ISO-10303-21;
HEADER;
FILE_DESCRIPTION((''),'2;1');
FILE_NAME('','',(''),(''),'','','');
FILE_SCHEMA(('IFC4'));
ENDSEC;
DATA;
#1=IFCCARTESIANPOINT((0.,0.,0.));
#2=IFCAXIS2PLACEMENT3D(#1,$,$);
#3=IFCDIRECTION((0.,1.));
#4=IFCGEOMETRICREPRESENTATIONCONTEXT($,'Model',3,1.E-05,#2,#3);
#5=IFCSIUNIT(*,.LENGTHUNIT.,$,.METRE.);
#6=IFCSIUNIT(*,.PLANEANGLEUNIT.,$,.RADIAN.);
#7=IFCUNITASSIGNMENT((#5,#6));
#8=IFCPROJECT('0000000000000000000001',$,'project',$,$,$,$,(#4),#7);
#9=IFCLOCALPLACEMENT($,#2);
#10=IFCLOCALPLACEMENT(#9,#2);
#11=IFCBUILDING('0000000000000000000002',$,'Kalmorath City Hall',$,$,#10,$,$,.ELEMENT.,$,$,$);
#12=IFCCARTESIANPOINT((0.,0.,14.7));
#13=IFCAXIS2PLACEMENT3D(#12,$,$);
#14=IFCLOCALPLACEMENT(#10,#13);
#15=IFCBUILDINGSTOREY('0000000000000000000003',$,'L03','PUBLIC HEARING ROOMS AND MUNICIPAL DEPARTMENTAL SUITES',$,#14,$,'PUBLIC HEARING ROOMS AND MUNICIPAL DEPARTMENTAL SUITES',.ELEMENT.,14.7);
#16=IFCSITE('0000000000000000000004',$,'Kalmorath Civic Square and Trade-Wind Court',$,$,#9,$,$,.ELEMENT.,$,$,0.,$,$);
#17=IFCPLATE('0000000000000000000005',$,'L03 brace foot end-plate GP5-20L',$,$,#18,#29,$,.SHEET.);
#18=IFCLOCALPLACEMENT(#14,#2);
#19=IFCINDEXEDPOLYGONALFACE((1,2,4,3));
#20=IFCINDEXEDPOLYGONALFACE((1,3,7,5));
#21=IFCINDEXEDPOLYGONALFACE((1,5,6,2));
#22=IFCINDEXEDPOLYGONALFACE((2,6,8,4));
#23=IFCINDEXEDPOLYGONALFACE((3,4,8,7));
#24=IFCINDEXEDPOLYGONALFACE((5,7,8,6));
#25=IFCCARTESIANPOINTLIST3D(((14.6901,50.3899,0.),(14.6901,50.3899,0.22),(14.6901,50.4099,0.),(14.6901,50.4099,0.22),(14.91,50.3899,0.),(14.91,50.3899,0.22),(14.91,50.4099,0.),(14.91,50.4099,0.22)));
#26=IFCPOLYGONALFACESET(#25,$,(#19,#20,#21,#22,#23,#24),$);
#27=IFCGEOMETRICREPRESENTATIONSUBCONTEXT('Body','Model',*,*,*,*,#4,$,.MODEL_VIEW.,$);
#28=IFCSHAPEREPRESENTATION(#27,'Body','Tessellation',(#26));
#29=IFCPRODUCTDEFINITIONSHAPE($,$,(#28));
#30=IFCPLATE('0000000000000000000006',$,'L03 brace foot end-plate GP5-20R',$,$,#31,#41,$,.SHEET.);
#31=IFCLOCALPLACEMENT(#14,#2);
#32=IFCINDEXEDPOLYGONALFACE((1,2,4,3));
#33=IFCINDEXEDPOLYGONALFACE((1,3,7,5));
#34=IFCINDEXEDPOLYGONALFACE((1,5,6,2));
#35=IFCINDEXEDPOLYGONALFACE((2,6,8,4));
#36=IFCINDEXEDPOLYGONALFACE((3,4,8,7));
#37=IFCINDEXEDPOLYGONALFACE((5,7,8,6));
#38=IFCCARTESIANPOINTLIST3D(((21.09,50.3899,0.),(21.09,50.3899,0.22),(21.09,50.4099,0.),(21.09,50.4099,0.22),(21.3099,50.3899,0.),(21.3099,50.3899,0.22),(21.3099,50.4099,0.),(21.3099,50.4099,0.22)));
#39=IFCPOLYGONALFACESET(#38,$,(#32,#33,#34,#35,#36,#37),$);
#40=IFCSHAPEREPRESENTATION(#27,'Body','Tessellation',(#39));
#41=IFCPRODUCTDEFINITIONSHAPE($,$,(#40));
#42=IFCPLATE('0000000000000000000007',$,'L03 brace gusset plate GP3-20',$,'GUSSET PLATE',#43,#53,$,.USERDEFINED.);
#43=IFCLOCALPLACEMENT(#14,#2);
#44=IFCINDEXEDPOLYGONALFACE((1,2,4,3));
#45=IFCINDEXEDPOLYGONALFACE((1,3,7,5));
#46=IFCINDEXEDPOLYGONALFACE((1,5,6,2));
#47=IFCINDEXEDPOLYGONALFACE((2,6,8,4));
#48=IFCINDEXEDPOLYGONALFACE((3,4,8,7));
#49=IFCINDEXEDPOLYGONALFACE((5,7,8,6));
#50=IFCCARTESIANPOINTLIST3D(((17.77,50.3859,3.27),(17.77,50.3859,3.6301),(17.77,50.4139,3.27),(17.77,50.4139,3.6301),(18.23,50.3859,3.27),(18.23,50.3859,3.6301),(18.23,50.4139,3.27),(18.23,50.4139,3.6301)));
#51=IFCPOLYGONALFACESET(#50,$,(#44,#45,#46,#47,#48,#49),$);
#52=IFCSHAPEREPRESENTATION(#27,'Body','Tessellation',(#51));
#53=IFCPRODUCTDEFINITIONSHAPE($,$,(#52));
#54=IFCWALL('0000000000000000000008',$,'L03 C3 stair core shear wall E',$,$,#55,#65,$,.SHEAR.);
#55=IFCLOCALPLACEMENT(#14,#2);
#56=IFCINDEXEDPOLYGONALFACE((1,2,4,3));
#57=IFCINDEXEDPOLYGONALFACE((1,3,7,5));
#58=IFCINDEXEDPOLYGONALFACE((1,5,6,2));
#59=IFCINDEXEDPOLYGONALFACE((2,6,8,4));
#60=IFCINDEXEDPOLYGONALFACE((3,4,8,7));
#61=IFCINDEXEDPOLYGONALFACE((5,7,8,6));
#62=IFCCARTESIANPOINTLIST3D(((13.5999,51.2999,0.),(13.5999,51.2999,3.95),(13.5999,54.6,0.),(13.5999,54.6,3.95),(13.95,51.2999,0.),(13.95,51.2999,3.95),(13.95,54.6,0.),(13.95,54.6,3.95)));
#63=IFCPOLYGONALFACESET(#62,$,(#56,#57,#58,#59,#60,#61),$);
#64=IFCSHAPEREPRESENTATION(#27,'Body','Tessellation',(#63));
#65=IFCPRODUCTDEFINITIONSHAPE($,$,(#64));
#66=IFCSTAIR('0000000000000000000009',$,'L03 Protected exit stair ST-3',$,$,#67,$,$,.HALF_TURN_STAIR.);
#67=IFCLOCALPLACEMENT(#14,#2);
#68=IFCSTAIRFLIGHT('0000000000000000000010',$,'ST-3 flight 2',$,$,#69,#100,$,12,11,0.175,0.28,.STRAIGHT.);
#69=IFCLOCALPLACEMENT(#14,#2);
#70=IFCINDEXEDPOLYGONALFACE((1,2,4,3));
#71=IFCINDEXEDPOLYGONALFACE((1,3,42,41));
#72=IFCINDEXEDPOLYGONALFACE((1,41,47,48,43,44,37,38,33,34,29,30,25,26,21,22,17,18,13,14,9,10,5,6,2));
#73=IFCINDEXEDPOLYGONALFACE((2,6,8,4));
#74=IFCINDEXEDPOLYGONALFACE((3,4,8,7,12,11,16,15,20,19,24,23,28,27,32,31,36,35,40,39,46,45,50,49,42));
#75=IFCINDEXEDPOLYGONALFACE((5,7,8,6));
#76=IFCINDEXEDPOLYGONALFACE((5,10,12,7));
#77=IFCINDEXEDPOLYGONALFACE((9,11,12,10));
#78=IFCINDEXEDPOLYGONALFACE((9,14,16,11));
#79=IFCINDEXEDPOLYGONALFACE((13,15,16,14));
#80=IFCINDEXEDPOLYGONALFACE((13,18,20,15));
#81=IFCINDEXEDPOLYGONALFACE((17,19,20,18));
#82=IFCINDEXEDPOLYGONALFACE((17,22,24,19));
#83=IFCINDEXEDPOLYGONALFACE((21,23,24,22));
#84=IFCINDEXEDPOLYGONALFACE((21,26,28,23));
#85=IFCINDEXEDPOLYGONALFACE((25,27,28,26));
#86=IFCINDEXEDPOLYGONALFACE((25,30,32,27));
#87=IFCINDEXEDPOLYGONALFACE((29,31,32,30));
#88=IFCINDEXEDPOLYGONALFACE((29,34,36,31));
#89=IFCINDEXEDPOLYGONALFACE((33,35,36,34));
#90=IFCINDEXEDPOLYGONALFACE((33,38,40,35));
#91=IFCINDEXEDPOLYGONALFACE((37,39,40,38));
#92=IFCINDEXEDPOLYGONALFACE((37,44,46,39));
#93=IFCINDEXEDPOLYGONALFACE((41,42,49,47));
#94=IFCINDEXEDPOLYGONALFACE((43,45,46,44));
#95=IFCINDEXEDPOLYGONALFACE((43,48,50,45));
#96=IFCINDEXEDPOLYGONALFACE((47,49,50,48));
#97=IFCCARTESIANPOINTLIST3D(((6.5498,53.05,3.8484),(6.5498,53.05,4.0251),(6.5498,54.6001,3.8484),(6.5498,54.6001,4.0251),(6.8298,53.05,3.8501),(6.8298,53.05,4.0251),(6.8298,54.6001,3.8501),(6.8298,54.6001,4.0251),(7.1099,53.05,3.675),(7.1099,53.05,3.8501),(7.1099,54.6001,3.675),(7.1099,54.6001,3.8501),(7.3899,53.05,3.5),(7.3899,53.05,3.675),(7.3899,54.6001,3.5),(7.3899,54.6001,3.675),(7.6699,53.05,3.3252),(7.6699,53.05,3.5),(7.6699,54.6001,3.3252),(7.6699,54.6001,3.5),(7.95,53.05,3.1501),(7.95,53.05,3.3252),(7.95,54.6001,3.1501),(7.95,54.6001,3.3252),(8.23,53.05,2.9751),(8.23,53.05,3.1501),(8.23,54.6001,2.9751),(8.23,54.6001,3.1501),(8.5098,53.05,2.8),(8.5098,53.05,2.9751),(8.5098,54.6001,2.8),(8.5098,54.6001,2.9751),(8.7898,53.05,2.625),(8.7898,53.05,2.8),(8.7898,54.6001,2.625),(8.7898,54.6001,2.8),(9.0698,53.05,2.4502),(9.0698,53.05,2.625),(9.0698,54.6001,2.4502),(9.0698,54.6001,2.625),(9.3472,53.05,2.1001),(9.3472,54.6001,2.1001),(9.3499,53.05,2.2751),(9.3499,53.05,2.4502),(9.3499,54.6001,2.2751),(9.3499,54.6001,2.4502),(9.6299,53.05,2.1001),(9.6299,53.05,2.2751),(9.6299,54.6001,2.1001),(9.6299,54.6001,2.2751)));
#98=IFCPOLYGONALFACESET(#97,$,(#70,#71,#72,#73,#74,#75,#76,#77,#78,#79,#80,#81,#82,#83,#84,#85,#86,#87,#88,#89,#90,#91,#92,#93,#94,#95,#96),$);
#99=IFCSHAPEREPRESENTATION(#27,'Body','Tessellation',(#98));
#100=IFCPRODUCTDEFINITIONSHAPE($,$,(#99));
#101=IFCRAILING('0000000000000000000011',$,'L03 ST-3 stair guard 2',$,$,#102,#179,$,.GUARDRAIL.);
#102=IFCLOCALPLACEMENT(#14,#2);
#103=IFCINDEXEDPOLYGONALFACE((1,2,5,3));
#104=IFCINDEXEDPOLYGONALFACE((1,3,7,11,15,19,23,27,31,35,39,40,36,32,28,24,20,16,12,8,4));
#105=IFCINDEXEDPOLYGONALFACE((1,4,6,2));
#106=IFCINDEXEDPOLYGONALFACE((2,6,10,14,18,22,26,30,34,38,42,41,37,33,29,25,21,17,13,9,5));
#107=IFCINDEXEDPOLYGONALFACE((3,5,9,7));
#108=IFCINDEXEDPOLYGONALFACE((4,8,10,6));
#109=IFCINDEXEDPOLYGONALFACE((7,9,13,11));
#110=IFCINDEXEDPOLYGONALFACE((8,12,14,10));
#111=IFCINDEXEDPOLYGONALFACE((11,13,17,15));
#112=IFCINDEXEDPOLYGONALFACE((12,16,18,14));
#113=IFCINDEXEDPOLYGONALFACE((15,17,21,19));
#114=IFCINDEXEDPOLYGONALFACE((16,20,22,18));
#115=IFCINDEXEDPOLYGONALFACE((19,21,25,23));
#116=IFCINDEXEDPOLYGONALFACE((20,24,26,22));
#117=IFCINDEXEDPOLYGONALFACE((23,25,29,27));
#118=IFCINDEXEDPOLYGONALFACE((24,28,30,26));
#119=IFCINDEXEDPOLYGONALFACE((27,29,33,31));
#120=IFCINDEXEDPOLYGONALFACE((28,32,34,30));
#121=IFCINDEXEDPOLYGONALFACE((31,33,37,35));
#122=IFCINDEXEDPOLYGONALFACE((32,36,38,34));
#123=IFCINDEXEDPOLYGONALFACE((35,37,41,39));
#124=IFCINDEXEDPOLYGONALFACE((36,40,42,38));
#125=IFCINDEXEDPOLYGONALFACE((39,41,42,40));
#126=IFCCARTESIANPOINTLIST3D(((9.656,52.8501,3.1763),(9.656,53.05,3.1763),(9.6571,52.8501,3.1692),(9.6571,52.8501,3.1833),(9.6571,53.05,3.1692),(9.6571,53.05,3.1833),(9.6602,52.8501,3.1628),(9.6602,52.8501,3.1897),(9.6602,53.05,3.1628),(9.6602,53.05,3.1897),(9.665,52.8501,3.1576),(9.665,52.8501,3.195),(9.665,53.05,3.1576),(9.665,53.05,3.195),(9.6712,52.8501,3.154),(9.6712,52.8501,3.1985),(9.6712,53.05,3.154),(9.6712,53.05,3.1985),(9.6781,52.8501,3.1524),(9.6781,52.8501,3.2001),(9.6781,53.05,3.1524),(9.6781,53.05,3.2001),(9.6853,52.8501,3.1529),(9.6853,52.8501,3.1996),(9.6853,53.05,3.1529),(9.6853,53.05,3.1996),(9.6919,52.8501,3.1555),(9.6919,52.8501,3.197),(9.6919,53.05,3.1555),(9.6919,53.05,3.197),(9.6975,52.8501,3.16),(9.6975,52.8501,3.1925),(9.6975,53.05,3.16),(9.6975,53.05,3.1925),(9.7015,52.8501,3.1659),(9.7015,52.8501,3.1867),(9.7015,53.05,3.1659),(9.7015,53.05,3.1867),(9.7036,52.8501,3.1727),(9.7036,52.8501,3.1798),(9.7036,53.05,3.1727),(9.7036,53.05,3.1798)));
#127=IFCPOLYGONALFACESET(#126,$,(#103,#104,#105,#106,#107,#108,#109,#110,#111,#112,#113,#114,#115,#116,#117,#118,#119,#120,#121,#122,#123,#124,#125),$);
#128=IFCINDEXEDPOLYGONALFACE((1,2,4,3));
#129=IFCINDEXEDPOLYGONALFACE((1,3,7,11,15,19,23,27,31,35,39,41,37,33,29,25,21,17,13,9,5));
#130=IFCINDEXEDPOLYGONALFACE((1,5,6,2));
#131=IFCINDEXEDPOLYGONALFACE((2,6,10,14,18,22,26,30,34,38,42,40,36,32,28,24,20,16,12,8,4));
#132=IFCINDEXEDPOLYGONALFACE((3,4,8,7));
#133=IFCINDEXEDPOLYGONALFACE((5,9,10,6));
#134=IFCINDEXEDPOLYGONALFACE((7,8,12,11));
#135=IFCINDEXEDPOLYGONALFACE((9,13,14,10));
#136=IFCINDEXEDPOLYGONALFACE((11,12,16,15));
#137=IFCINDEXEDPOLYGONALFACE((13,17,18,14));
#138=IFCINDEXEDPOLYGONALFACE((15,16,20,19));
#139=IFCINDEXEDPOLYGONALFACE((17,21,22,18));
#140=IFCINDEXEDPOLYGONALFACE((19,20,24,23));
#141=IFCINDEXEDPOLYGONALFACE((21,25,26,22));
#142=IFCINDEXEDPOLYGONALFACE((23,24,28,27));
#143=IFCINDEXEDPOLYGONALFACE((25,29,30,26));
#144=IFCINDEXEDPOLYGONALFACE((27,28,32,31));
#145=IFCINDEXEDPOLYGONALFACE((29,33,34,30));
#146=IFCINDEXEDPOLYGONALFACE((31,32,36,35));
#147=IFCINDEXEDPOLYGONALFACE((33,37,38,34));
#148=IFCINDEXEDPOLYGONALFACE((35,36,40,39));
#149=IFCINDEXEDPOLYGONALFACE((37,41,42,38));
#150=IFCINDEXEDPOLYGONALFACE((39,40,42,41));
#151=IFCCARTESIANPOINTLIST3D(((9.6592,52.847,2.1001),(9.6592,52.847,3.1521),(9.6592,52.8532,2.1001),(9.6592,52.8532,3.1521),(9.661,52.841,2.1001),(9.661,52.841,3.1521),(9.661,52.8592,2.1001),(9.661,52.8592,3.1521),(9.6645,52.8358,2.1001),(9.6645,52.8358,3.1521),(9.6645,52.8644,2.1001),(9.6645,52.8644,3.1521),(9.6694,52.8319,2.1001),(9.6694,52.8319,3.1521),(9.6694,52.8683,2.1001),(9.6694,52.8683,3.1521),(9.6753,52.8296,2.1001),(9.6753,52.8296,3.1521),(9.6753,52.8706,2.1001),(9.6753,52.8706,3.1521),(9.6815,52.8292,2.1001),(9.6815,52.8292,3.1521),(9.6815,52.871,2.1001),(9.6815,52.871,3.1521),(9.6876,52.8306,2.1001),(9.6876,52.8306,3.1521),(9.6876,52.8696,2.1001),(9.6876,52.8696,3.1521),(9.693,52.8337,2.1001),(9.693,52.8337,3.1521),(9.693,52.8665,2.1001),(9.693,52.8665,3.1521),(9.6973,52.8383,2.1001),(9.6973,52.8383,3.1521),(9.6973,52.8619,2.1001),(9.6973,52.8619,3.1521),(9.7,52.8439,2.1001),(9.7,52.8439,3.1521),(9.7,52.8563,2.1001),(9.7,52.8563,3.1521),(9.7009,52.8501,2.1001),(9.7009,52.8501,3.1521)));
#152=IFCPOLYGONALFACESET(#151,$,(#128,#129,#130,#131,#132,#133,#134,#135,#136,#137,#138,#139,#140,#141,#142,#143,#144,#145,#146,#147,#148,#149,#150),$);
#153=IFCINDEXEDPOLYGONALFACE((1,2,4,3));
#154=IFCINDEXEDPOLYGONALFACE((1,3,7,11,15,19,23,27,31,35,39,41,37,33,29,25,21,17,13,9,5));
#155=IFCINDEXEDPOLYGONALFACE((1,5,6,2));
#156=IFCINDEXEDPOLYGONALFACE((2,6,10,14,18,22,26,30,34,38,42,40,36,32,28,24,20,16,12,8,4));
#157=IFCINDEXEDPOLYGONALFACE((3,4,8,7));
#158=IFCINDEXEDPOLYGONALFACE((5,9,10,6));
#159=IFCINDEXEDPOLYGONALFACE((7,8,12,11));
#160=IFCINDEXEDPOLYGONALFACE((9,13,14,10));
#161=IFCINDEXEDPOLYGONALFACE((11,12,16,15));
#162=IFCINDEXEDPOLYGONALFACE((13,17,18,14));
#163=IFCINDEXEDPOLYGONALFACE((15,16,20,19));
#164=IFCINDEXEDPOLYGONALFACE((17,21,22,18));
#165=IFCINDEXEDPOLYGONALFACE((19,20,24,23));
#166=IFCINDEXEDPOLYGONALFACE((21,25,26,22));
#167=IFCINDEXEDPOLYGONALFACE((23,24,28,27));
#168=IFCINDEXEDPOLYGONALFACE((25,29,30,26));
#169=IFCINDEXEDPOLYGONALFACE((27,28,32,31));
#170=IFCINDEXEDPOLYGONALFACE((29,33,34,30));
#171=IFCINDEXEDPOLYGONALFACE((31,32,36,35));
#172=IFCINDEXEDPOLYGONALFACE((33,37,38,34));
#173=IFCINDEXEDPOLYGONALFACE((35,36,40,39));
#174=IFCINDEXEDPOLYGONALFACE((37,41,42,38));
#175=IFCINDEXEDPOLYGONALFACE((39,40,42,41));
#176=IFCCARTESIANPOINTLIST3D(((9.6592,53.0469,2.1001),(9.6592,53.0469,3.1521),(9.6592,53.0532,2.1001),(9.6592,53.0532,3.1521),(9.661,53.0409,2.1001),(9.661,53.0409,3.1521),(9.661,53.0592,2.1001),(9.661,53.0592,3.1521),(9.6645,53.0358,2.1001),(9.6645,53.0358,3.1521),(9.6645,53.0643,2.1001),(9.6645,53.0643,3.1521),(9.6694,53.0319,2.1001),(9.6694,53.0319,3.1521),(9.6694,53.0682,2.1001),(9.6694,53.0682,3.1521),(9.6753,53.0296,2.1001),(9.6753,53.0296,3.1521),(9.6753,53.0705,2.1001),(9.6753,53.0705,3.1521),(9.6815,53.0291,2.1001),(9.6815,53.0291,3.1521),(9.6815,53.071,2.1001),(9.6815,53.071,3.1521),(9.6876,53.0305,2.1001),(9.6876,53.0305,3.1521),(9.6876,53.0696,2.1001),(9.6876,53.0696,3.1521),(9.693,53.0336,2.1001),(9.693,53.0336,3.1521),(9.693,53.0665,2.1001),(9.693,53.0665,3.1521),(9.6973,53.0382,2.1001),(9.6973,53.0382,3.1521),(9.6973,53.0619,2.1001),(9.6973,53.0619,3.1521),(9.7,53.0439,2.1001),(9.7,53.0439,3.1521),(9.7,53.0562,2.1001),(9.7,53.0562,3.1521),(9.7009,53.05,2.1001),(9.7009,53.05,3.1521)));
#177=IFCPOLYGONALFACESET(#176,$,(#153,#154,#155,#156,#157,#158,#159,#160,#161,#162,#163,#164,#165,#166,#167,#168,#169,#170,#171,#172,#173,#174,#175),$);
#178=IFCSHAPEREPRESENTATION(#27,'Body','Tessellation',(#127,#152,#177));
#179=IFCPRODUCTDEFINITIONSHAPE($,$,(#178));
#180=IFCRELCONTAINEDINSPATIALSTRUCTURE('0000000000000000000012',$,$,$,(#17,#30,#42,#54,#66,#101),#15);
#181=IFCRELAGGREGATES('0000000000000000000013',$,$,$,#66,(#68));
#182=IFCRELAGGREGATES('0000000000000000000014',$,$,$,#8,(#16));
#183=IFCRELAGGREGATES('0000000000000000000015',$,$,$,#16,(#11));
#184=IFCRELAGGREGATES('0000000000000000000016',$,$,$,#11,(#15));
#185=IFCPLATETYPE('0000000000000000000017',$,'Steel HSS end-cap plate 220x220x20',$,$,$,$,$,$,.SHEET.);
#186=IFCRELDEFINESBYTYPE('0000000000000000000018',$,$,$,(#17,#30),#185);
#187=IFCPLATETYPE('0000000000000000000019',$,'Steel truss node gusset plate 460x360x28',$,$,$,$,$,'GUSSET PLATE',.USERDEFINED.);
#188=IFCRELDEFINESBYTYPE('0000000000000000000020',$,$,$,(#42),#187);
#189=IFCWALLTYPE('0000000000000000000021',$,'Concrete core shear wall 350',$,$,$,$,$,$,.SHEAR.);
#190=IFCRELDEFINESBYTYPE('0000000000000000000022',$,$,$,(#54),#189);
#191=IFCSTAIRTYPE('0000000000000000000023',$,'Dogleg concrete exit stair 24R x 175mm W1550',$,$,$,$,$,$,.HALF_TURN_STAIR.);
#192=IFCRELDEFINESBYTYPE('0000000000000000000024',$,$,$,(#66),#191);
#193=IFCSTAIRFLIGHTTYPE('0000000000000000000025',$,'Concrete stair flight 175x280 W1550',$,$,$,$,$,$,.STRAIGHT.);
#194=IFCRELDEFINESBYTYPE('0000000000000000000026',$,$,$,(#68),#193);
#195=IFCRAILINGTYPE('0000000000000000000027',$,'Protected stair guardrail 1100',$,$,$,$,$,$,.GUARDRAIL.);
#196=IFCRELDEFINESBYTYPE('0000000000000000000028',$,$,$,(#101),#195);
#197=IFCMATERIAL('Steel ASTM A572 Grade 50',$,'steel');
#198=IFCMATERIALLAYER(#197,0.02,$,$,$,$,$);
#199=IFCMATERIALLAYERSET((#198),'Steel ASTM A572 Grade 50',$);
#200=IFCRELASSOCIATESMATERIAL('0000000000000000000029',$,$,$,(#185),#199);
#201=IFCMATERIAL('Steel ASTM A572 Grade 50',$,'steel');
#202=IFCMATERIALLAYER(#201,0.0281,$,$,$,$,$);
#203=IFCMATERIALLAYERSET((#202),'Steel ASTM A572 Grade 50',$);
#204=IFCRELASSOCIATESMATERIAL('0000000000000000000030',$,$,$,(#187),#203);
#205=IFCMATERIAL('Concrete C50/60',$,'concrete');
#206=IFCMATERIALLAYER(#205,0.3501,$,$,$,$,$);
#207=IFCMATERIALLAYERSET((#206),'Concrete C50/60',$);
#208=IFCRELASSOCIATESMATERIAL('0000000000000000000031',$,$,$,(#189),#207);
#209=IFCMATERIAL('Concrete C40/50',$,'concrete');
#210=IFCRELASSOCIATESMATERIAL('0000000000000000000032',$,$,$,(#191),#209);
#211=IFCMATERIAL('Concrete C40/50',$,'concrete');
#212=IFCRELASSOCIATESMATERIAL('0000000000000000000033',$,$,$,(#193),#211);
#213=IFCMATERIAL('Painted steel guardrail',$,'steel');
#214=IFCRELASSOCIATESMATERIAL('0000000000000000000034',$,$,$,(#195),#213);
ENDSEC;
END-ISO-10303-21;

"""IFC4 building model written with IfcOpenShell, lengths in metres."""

from ifc_helpers import new_model, si_unit, direction, frame, frame_2d, origin, origin_2d, place, context, subcontext, project, spatial, polyline, rectangle, circle, outline, extrude, material, layer, layer_set, type_object, element, aggregate, save


model = new_model("IFC4")

# Units and contexts
model_context = context("Model", 3, precision=1e-05, world=origin(), true_north=direction((0.0, 1.0)))
body_context = subcontext(model_context, "Body", "Model", "MODEL_VIEW")
ifc_project = project(units=[si_unit("LENGTHUNIT", "METRE"), si_unit("PLANEANGLEUNIT", "RADIAN")], contexts=[model_context])

# Site, building, storey
site_placement = place(None, origin())
site = spatial("IfcSite", under=ifc_project, at=site_placement, Name="Kalmorath Civic Square and Trade-Wind Court", CompositionType="ELEMENT", RefElevation=0.0)
building_placement = place(site_placement, origin())
building = spatial("IfcBuilding", under=site, at=building_placement, Name="Kalmorath City Hall", CompositionType="ELEMENT")
storey_placement = place(building_placement, frame((0.0, 0.0, 14.7)))
storey = spatial("IfcBuildingStorey", under=building, at=storey_placement, Name="L03", Description="PUBLIC HEARING ROOMS AND MUNICIPAL DEPARTMENTAL SUITES", LongName="PUBLIC HEARING ROOMS AND MUNICIPAL DEPARTMENTAL SUITES", CompositionType="ELEMENT", Elevation=14.7)

# Plates
ifc_material_1 = material(Name="Steel ASTM A572 Grade 50", Category="steel")
ifc_layer_1 = layer(ifc_material_1, 0.02)
ifc_layer_set_1 = layer_set([ifc_layer_1], Name="Steel ASTM A572 Grade 50")
plate_type_1 = type_object("IfcPlateType", Name="Steel HSS end-cap plate 220x220x20", PredefinedType="SHEET", material=ifc_layer_set_1)
for number, where, z_axis, x_axis, name in (
    (1, (14.8, 50.3999, 0.0), (0.0, 0.0, 1.0), (1.0, 0.0, 0.0), "L03 brace foot end-plate GP5-20L"),
    (2, (21.2, 50.3999, 0.0), (0.0, 0.0, 1.0), (1.0, 0.0, 0.0), "L03 brace foot end-plate GP5-20R"),
):
    element("IfcPlate", number, at=place(storey_placement, frame(where, z_axis=z_axis, x_axis=x_axis)), inside=storey, type_object=plate_type_1, Name=name, PredefinedType="SHEET", context=body_context, shape_type="SweptSolid", body=[
        extrude(rectangle(XDim=0.22, YDim=0.02, at=origin_2d()), origin(), (0.0, 0.0, 1.0), 0.22),
    ])
ifc_material_2 = material(Name="Steel ASTM A572 Grade 50", Category="steel")
ifc_layer_2 = layer(ifc_material_2, 0.0281)
ifc_layer_set_2 = layer_set([ifc_layer_2], Name="Steel ASTM A572 Grade 50")
plate_type_2 = type_object("IfcPlateType", Name="Steel truss node gusset plate 460x360x28", ElementType="GUSSET PLATE", PredefinedType="USERDEFINED", material=ifc_layer_set_2)
plate_placement = place(storey_placement, frame((18.0, 50.3999, 3.27), z_axis=(0.0, 0.0, 1.0), x_axis=(1.0, 0.0, 0.0)))
element("IfcPlate", 3, at=plate_placement, inside=storey, type_object=plate_type_2, Name="L03 brace gusset plate GP3-20", ObjectType="GUSSET PLATE", PredefinedType="USERDEFINED", context=body_context, shape_type="SweptSolid", body=[
    extrude(rectangle(XDim=0.46, YDim=0.0281, at=origin_2d()), origin(), (0.0, 0.0, 1.0), 0.3601),
])

# Wall
ifc_material_3 = material(Name="Concrete C50/60", Category="concrete")
ifc_layer_3 = layer(ifc_material_3, 0.3501)
ifc_layer_set_3 = layer_set([ifc_layer_3], Name="Concrete C50/60")
wall_type = type_object("IfcWallType", Name="Concrete core shear wall 350", PredefinedType="SHEAR", material=ifc_layer_set_3)
wall_placement = place(storey_placement, frame((13.7749, 51.3, 0.0), z_axis=(0.0, 0.0, 1.0), x_axis=(0.0, 1.0, 0.0)))
element("IfcWall", 4, at=wall_placement, inside=storey, type_object=wall_type, Name="L03 C3 stair core shear wall E", PredefinedType="SHEAR", context=body_context, shape_type="SweptSolid", body=[
    extrude(rectangle(XDim=3.3, YDim=0.3501, at=frame_2d((1.6499, 0.0))), origin(), (0.0, 0.0, 1.0), 3.95),
])

# Stair, stair flight
ifc_material_4 = material(Name="Concrete C40/50", Category="concrete")
stair_type = type_object("IfcStairType", Name="Dogleg concrete exit stair 24R x 175mm W1550", PredefinedType="HALF_TURN_STAIR", material=ifc_material_4)
stair_placement = place(storey_placement, origin())
stair = element("IfcStair", 5, at=stair_placement, inside=storey, type_object=stair_type, Name="L03 Protected exit stair ST-3", PredefinedType="HALF_TURN_STAIR")
ifc_material_5 = material(Name="Concrete C40/50", Category="concrete")
stair_flight_type = type_object("IfcStairFlightType", Name="Concrete stair flight 175x280 W1550", PredefinedType="STRAIGHT", material=ifc_material_5)
stair_flight_placement = place(storey_placement, frame((9.6299, 53.825, 2.1001), z_axis=(0.0, 0.0, 1.0), x_axis=(-1.0, 0.0, 0.0)))
stair_flight = element("IfcStairFlight", 6, at=stair_flight_placement, type_object=stair_flight_type, Name="ST-3 flight 2", NumberOfRisers=12, NumberOfTreads=11, PredefinedType="STRAIGHT", RiserHeight=0.175, TreadLength=0.28, context=body_context, shape_type="SweptSolid", body=[
    extrude(outline(polyline([(0.0, 0.0), (0.0, 0.175), (0.28, 0.175), (0.28, 0.3501), (0.5601, 0.3501), (0.5601, 0.5249), (0.8401, 0.5249), (0.8401, 0.7), (1.1201, 0.7), (1.1201, 0.875), (1.3999, 0.875), (1.3999, 1.05), (1.6799, 1.05), (1.6799, 1.2251), (1.96, 1.2251), (1.96, 1.3999), (2.24, 1.3999), (2.24, 1.575), (2.52, 1.575), (2.52, 1.75), (2.8, 1.75), (2.8, 1.925), (3.0801, 1.925), (3.0801, 2.1001), (3.0801, 1.7483), (0.2827, 0.0), (0.0, 0.0)])), frame((0.0, 0.7749, 0.0), z_axis=(0.0, -1.0, 0.0), x_axis=(1.0, 0.0, 0.0)), (0.0, 0.0, 1.0), 1.55),
])
aggregate(stair, [stair_flight])

# Railing
ifc_material_6 = material(Name="Painted steel guardrail", Category="steel")
railing_type_1 = type_object("IfcRailingType", Name="Protected stair guardrail 1100", PredefinedType="GUARDRAIL", material=ifc_material_6)
railing_1_placement = place(storey_placement, frame((9.6799, 52.8501, 2.1001)))
element("IfcRailing", 7, at=railing_1_placement, inside=storey, type_object=railing_type_1, Name="L03 ST-3 stair guard 2", PredefinedType="GUARDRAIL", context=body_context, shape_type="SweptSolid", body=[
    extrude(circle(Radius=0.0239, at=origin_2d()), frame((0.0, 0.0, 1.0762), z_axis=(0.0, 1.0, 0.0), x_axis=(-1.0, 0.0, 0.0)), (0.0, 0.0, 1.0), 0.2),
    extrude(circle(Radius=0.021, at=origin_2d()), origin(), (0.0, 0.0, 1.0), 1.052),
    extrude(circle(Radius=0.021, at=origin_2d()), frame((0.0, 0.2, 0.0)), (0.0, 0.0, 1.0), 1.052),
])

save(model, "model.ifc")
